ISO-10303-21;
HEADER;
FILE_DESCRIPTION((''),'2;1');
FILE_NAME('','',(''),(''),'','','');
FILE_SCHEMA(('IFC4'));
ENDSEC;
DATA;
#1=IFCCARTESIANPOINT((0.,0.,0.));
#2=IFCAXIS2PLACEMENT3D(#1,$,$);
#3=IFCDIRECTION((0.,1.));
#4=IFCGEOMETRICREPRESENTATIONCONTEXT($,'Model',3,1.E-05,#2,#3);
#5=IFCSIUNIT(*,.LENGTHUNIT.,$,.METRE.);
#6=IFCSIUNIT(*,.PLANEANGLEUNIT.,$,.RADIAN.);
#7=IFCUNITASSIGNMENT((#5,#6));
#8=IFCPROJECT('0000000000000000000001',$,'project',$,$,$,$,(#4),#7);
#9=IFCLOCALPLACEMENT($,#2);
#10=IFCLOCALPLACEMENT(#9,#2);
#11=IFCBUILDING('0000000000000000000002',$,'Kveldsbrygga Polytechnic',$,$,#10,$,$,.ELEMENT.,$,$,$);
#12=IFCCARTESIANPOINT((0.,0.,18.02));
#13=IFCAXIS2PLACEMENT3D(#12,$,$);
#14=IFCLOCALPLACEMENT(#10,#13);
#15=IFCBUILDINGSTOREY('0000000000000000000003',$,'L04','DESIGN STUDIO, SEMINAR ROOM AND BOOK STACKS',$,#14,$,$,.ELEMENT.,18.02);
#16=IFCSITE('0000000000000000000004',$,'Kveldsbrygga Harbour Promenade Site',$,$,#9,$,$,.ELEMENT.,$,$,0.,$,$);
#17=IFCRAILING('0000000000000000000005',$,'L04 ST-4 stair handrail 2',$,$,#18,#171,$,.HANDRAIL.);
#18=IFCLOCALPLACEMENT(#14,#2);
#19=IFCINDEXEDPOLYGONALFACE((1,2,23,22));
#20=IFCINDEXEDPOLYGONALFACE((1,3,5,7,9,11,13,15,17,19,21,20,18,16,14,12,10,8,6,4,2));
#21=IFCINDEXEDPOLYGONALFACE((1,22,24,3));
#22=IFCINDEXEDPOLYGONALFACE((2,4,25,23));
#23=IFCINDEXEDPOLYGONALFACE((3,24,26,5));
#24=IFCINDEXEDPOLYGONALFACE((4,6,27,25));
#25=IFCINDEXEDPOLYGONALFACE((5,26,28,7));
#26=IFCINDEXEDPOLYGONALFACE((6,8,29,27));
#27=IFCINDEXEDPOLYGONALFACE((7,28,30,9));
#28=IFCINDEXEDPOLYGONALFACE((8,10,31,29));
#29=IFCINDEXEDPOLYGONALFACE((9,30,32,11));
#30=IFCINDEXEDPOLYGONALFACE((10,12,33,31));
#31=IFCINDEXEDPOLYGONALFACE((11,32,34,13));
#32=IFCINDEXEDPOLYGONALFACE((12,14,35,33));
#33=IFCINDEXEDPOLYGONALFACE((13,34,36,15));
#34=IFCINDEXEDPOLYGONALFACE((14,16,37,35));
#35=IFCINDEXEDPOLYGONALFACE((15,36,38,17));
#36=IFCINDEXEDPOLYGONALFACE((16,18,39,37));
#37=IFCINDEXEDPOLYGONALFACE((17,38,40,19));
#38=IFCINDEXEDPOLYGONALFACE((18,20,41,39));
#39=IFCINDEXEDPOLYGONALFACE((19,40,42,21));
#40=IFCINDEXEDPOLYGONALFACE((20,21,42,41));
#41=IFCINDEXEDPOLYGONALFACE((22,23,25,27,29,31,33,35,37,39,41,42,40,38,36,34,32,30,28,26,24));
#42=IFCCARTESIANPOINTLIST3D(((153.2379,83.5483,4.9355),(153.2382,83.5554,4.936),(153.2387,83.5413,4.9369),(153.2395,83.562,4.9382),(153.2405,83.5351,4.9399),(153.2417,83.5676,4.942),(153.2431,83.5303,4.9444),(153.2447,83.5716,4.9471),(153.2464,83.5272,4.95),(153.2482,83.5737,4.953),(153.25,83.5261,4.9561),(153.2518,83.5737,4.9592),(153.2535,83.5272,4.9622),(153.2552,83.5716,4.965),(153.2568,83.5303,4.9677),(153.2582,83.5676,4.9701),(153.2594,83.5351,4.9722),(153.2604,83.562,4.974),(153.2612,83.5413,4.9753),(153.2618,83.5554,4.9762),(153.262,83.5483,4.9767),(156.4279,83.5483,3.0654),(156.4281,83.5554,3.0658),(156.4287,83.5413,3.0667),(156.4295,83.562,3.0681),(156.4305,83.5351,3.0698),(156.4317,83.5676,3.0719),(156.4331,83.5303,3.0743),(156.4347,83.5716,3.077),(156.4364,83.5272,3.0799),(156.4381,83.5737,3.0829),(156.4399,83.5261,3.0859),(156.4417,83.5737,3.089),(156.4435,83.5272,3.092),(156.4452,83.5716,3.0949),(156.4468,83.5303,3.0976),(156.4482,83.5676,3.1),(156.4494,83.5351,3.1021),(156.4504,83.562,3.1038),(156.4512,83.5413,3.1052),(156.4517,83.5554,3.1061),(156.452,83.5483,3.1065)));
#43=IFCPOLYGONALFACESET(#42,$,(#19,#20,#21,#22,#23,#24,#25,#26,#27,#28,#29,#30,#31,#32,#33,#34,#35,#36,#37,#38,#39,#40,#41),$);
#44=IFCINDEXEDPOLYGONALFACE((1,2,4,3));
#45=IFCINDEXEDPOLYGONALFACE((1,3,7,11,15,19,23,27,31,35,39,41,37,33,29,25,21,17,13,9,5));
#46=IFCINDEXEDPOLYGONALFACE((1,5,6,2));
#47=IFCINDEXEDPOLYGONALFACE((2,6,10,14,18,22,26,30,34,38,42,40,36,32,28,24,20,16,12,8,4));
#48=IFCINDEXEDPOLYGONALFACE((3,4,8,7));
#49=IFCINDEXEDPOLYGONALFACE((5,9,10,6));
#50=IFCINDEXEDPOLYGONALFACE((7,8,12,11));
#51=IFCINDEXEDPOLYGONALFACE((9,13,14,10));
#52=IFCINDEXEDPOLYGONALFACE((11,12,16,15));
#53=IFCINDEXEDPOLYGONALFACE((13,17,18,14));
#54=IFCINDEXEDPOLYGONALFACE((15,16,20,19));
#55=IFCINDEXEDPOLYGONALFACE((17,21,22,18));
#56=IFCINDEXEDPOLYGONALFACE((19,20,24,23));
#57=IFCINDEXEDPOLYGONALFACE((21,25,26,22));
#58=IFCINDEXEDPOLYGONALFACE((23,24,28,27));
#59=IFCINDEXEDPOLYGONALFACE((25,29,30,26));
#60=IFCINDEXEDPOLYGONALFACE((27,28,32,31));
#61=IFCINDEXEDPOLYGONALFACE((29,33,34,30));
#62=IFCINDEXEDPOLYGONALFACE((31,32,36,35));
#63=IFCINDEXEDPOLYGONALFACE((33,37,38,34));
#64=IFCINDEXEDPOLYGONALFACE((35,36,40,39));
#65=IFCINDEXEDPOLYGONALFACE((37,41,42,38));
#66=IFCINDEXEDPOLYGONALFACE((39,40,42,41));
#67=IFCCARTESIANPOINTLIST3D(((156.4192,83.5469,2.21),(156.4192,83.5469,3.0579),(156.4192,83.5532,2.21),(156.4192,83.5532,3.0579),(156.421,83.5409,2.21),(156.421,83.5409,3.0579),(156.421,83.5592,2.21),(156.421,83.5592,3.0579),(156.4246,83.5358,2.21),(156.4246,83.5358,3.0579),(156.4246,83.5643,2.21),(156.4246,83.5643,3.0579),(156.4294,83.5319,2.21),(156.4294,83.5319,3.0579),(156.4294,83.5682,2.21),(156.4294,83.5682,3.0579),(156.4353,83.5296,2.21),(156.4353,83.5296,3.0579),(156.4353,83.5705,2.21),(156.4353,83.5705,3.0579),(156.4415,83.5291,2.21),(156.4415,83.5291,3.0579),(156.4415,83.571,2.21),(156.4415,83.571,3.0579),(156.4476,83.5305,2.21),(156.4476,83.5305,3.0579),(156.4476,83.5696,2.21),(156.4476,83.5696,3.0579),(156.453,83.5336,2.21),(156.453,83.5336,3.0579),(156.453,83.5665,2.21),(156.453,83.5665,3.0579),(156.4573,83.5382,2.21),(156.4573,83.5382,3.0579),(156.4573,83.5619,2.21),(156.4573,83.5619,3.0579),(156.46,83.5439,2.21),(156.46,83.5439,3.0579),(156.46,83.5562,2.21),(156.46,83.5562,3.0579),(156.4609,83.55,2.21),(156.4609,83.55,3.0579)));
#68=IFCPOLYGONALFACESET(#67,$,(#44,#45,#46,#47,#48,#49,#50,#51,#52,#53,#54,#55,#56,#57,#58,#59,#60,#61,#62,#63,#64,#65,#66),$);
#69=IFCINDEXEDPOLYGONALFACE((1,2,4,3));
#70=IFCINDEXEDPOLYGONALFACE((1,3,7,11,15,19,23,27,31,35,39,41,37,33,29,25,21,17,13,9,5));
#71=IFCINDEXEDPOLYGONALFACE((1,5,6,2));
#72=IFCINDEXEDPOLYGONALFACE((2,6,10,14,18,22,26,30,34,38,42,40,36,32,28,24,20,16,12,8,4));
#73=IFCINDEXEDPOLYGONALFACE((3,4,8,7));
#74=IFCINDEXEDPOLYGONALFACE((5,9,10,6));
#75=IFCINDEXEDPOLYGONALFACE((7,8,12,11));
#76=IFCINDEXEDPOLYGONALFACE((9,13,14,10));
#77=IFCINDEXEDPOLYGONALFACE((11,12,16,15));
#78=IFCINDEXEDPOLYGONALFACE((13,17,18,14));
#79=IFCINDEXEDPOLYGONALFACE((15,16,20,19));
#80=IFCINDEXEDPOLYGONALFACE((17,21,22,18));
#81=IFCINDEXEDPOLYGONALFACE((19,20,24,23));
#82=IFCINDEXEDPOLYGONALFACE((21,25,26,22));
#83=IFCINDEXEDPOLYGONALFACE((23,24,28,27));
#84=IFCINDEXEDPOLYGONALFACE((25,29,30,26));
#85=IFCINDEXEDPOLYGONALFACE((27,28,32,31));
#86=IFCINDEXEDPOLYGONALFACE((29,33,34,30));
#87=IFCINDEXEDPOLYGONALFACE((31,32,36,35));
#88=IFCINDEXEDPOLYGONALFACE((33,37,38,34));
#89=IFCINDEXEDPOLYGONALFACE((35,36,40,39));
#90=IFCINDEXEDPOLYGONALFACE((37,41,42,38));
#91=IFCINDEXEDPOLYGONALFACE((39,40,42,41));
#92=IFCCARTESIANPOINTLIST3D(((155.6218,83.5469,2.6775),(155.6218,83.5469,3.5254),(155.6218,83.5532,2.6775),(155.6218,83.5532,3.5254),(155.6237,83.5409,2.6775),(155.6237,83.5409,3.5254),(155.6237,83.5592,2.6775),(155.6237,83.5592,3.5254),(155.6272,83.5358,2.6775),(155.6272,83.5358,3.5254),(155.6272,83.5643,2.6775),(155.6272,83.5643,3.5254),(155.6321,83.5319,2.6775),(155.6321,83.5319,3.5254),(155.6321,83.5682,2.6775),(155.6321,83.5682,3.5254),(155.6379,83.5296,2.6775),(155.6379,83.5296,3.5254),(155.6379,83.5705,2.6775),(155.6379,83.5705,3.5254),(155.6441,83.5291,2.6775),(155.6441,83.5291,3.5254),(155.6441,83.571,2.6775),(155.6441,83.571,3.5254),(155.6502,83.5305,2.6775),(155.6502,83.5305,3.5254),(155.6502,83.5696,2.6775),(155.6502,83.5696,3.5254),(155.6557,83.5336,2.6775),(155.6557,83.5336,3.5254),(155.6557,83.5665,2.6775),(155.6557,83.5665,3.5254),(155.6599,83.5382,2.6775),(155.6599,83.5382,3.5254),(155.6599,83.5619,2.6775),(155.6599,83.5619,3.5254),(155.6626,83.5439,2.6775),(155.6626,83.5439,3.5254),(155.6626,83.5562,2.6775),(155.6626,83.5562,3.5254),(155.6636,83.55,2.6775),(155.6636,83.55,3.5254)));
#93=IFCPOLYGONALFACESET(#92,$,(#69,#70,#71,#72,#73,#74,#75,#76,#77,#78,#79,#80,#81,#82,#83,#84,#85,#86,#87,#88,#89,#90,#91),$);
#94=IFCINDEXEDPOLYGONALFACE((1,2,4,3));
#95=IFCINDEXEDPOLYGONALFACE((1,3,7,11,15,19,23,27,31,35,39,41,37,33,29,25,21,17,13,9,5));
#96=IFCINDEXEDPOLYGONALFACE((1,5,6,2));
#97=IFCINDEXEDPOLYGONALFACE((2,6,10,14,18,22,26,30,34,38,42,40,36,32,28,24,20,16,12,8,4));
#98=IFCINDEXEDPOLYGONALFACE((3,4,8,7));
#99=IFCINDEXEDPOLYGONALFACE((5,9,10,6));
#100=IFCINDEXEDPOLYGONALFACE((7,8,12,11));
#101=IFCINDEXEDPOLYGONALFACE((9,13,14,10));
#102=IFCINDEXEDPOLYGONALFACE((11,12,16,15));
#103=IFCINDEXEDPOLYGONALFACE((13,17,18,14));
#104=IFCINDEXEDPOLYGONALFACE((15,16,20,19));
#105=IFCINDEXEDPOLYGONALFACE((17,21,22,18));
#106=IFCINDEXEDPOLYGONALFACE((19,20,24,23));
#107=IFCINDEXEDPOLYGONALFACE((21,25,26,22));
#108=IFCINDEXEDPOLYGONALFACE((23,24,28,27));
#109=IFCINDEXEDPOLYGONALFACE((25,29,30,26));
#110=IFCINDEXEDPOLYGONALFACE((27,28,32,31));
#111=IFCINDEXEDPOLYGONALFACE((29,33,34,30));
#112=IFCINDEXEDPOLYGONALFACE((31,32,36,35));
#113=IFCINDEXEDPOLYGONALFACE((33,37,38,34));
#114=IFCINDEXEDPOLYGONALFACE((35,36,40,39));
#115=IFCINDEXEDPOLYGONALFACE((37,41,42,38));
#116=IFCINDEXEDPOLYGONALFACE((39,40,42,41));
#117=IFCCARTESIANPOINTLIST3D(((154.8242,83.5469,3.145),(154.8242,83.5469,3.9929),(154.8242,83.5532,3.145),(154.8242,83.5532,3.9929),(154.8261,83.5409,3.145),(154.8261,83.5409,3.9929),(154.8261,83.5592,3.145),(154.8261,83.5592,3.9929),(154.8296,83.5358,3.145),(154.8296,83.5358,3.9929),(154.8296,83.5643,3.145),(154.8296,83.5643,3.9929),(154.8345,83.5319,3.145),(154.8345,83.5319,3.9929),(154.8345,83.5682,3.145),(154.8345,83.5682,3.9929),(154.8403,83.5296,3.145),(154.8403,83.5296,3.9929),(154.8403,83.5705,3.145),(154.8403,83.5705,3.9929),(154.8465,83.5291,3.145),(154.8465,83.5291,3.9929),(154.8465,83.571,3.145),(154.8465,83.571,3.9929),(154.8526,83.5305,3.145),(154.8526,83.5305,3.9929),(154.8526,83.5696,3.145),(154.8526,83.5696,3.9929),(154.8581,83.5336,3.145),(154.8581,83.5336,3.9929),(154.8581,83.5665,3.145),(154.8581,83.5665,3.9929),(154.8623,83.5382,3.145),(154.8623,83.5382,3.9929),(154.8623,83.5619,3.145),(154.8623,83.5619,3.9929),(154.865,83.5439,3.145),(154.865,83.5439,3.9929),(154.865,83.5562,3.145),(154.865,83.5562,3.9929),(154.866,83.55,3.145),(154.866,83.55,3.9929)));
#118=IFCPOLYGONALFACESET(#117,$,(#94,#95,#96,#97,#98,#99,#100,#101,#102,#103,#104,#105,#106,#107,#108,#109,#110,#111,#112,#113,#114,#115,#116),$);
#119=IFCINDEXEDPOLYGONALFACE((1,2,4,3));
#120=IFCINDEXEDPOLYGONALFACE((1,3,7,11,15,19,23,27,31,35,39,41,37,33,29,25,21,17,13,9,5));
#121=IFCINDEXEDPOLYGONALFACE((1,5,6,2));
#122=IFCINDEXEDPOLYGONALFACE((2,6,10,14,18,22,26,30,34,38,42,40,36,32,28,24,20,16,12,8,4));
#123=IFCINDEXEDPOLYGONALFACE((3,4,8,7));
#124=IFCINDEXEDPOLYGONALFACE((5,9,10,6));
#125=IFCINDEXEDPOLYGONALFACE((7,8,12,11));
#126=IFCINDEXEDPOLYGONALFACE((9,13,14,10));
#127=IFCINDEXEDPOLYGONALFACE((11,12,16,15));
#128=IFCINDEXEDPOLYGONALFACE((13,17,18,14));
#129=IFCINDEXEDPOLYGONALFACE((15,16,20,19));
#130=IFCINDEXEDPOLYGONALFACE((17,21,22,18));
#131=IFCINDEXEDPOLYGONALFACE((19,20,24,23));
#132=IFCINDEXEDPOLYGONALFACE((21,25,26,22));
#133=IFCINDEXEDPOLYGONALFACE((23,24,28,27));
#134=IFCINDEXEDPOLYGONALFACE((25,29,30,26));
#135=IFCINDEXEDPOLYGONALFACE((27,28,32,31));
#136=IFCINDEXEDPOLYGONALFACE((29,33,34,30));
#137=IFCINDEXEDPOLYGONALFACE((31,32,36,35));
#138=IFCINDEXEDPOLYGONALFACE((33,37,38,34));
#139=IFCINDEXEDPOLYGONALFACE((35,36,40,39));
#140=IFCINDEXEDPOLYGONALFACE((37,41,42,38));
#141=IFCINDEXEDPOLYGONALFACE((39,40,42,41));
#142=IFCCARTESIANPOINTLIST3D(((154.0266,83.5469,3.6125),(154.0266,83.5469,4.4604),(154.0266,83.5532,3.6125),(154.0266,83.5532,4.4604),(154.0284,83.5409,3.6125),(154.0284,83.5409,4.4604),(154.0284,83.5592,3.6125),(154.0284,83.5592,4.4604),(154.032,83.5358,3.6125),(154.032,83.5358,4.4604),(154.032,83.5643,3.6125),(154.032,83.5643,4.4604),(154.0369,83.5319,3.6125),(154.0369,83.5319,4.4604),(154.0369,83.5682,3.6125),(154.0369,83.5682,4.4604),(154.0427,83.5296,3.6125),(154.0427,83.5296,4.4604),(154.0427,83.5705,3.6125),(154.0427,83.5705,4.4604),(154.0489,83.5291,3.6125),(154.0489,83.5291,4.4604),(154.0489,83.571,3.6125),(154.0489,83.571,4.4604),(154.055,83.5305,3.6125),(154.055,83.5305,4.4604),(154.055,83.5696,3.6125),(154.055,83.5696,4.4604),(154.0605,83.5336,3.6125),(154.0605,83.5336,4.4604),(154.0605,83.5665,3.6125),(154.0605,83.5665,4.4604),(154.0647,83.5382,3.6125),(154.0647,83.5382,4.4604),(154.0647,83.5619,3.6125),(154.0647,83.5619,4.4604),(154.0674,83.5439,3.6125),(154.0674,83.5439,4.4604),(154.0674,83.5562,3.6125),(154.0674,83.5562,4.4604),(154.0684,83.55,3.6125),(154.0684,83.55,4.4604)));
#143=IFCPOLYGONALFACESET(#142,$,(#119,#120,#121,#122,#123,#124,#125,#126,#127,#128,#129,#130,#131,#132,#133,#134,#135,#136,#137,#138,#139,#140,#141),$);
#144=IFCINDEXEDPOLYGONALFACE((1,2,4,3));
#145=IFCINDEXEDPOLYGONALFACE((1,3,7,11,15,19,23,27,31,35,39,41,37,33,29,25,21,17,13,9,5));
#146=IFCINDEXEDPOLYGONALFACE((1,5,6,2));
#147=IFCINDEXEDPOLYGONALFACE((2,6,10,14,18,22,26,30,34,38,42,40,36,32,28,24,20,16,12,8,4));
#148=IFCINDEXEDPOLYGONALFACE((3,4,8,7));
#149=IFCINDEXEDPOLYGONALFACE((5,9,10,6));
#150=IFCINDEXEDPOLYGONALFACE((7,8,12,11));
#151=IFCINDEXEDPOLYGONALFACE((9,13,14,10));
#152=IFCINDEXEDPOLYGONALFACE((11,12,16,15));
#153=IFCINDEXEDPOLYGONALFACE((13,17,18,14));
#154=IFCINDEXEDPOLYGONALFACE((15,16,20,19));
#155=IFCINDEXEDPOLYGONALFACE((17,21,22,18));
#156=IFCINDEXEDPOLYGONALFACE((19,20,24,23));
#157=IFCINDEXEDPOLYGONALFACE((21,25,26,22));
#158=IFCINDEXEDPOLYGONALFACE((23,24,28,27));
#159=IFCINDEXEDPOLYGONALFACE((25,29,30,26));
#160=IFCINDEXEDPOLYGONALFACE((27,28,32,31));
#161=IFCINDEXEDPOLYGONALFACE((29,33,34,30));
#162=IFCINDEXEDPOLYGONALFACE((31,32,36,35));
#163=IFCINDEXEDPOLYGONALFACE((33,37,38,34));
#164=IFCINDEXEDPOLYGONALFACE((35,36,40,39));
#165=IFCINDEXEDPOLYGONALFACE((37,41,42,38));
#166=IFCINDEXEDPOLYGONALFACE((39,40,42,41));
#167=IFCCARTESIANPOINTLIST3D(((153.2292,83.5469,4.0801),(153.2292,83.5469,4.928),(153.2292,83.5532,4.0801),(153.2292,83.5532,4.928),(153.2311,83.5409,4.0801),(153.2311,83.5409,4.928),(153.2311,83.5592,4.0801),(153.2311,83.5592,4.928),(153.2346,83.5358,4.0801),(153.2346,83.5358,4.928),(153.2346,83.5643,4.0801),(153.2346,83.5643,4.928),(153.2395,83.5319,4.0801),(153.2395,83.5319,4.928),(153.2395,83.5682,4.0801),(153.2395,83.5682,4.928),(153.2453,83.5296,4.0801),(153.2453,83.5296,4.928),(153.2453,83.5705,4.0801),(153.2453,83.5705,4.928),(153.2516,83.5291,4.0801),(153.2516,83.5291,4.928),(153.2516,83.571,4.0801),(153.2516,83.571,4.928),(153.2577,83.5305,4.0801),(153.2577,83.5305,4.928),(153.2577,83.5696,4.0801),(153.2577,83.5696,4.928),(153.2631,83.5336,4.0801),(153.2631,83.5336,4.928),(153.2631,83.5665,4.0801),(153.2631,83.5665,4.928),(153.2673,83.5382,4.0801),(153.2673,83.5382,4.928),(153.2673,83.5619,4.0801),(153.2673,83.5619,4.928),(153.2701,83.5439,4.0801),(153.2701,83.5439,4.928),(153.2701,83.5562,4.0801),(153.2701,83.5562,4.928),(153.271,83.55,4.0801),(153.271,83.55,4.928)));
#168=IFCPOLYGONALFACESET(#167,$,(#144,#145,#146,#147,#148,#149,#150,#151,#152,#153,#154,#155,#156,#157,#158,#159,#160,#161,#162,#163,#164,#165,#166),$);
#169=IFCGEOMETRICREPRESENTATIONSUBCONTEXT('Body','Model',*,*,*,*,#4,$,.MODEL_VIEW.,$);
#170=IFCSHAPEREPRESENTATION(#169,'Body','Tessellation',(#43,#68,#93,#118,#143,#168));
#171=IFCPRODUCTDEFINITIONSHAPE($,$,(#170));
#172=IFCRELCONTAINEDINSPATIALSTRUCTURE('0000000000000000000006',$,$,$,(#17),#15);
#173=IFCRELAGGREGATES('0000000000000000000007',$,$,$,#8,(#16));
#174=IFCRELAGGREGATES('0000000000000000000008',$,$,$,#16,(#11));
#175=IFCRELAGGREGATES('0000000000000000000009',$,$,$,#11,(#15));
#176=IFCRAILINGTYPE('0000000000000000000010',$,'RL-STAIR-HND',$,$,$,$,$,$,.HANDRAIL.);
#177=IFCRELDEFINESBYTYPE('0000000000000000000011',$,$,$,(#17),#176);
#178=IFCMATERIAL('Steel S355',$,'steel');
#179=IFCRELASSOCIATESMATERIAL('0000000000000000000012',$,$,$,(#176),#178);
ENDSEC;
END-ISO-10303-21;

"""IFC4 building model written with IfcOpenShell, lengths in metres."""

from ifc_helpers import new_model, si_unit, direction, frame, origin, origin_2d, place, context, subcontext, project, spatial, circle, extrude, material, type_object, element, save


model = new_model("IFC4")

# Units and contexts
model_context = context("Model", 3, precision=1e-05, world=origin(), true_north=direction((0.0, 1.0)))
body_context = subcontext(model_context, "Body", "Model", "MODEL_VIEW")
ifc_project = project(units=[si_unit("LENGTHUNIT", "METRE"), si_unit("PLANEANGLEUNIT", "RADIAN")], contexts=[model_context])

# Site, building, storey
site_placement = place(None, origin())
site = spatial("IfcSite", under=ifc_project, at=site_placement, Name="Kveldsbrygga Harbour Promenade Site", CompositionType="ELEMENT", RefElevation=0.0)
building_placement = place(site_placement, origin())
building = spatial("IfcBuilding", under=site, at=building_placement, Name="Kveldsbrygga Polytechnic", CompositionType="ELEMENT")
storey_placement = place(building_placement, frame((0.0, 0.0, 18.02)))
storey = spatial("IfcBuildingStorey", under=building, at=storey_placement, Name="L04", Description="DESIGN STUDIO, SEMINAR ROOM AND BOOK STACKS", CompositionType="ELEMENT", Elevation=18.02)

# Shared definitions
ifc_material_1 = material(Name="Steel S355", Category="steel")

# Railing
railing_type_1 = type_object("IfcRailingType", Name="RL-STAIR-HND", PredefinedType="HANDRAIL", material=ifc_material_1)
railing_1_placement = place(storey_placement, frame((156.4399, 83.55, 2.21)))
element("IfcRailing", 1, at=railing_1_placement, inside=storey, type_object=railing_type_1, Name="L04 ST-4 stair handrail 2", PredefinedType="HANDRAIL", context=body_context, shape_type="SweptSolid", body=[
    extrude(circle(Radius=0.0239, at=origin_2d()), frame((0.0, 0.0, 0.876), z_axis=(-0.86268, 0.0, 0.50575), x_axis=(0.0, -1.0, 0.0)), (0.0, 0.0, 1.0), 3.6978),
    extrude(circle(Radius=0.021, at=origin_2d()), origin(), (0.0, 0.0, 1.0), 0.8479),
    extrude(circle(Radius=0.021, at=origin_2d()), frame((-0.7974, 0.0, 0.4675)), (0.0, 0.0, 1.0), 0.8479),
    extrude(circle(Radius=0.021, at=origin_2d()), frame((-1.595, 0.0, 0.9351)), (0.0, 0.0, 1.0), 0.8479),
    extrude(circle(Radius=0.021, at=origin_2d()), frame((-2.3926, 0.0, 1.4026)), (0.0, 0.0, 1.0), 0.8479),
    extrude(circle(Radius=0.021, at=origin_2d()), frame((-3.1899, 0.0, 1.8701)), (0.0, 0.0, 1.0), 0.8479),
])

save(model, "model.ifc")
